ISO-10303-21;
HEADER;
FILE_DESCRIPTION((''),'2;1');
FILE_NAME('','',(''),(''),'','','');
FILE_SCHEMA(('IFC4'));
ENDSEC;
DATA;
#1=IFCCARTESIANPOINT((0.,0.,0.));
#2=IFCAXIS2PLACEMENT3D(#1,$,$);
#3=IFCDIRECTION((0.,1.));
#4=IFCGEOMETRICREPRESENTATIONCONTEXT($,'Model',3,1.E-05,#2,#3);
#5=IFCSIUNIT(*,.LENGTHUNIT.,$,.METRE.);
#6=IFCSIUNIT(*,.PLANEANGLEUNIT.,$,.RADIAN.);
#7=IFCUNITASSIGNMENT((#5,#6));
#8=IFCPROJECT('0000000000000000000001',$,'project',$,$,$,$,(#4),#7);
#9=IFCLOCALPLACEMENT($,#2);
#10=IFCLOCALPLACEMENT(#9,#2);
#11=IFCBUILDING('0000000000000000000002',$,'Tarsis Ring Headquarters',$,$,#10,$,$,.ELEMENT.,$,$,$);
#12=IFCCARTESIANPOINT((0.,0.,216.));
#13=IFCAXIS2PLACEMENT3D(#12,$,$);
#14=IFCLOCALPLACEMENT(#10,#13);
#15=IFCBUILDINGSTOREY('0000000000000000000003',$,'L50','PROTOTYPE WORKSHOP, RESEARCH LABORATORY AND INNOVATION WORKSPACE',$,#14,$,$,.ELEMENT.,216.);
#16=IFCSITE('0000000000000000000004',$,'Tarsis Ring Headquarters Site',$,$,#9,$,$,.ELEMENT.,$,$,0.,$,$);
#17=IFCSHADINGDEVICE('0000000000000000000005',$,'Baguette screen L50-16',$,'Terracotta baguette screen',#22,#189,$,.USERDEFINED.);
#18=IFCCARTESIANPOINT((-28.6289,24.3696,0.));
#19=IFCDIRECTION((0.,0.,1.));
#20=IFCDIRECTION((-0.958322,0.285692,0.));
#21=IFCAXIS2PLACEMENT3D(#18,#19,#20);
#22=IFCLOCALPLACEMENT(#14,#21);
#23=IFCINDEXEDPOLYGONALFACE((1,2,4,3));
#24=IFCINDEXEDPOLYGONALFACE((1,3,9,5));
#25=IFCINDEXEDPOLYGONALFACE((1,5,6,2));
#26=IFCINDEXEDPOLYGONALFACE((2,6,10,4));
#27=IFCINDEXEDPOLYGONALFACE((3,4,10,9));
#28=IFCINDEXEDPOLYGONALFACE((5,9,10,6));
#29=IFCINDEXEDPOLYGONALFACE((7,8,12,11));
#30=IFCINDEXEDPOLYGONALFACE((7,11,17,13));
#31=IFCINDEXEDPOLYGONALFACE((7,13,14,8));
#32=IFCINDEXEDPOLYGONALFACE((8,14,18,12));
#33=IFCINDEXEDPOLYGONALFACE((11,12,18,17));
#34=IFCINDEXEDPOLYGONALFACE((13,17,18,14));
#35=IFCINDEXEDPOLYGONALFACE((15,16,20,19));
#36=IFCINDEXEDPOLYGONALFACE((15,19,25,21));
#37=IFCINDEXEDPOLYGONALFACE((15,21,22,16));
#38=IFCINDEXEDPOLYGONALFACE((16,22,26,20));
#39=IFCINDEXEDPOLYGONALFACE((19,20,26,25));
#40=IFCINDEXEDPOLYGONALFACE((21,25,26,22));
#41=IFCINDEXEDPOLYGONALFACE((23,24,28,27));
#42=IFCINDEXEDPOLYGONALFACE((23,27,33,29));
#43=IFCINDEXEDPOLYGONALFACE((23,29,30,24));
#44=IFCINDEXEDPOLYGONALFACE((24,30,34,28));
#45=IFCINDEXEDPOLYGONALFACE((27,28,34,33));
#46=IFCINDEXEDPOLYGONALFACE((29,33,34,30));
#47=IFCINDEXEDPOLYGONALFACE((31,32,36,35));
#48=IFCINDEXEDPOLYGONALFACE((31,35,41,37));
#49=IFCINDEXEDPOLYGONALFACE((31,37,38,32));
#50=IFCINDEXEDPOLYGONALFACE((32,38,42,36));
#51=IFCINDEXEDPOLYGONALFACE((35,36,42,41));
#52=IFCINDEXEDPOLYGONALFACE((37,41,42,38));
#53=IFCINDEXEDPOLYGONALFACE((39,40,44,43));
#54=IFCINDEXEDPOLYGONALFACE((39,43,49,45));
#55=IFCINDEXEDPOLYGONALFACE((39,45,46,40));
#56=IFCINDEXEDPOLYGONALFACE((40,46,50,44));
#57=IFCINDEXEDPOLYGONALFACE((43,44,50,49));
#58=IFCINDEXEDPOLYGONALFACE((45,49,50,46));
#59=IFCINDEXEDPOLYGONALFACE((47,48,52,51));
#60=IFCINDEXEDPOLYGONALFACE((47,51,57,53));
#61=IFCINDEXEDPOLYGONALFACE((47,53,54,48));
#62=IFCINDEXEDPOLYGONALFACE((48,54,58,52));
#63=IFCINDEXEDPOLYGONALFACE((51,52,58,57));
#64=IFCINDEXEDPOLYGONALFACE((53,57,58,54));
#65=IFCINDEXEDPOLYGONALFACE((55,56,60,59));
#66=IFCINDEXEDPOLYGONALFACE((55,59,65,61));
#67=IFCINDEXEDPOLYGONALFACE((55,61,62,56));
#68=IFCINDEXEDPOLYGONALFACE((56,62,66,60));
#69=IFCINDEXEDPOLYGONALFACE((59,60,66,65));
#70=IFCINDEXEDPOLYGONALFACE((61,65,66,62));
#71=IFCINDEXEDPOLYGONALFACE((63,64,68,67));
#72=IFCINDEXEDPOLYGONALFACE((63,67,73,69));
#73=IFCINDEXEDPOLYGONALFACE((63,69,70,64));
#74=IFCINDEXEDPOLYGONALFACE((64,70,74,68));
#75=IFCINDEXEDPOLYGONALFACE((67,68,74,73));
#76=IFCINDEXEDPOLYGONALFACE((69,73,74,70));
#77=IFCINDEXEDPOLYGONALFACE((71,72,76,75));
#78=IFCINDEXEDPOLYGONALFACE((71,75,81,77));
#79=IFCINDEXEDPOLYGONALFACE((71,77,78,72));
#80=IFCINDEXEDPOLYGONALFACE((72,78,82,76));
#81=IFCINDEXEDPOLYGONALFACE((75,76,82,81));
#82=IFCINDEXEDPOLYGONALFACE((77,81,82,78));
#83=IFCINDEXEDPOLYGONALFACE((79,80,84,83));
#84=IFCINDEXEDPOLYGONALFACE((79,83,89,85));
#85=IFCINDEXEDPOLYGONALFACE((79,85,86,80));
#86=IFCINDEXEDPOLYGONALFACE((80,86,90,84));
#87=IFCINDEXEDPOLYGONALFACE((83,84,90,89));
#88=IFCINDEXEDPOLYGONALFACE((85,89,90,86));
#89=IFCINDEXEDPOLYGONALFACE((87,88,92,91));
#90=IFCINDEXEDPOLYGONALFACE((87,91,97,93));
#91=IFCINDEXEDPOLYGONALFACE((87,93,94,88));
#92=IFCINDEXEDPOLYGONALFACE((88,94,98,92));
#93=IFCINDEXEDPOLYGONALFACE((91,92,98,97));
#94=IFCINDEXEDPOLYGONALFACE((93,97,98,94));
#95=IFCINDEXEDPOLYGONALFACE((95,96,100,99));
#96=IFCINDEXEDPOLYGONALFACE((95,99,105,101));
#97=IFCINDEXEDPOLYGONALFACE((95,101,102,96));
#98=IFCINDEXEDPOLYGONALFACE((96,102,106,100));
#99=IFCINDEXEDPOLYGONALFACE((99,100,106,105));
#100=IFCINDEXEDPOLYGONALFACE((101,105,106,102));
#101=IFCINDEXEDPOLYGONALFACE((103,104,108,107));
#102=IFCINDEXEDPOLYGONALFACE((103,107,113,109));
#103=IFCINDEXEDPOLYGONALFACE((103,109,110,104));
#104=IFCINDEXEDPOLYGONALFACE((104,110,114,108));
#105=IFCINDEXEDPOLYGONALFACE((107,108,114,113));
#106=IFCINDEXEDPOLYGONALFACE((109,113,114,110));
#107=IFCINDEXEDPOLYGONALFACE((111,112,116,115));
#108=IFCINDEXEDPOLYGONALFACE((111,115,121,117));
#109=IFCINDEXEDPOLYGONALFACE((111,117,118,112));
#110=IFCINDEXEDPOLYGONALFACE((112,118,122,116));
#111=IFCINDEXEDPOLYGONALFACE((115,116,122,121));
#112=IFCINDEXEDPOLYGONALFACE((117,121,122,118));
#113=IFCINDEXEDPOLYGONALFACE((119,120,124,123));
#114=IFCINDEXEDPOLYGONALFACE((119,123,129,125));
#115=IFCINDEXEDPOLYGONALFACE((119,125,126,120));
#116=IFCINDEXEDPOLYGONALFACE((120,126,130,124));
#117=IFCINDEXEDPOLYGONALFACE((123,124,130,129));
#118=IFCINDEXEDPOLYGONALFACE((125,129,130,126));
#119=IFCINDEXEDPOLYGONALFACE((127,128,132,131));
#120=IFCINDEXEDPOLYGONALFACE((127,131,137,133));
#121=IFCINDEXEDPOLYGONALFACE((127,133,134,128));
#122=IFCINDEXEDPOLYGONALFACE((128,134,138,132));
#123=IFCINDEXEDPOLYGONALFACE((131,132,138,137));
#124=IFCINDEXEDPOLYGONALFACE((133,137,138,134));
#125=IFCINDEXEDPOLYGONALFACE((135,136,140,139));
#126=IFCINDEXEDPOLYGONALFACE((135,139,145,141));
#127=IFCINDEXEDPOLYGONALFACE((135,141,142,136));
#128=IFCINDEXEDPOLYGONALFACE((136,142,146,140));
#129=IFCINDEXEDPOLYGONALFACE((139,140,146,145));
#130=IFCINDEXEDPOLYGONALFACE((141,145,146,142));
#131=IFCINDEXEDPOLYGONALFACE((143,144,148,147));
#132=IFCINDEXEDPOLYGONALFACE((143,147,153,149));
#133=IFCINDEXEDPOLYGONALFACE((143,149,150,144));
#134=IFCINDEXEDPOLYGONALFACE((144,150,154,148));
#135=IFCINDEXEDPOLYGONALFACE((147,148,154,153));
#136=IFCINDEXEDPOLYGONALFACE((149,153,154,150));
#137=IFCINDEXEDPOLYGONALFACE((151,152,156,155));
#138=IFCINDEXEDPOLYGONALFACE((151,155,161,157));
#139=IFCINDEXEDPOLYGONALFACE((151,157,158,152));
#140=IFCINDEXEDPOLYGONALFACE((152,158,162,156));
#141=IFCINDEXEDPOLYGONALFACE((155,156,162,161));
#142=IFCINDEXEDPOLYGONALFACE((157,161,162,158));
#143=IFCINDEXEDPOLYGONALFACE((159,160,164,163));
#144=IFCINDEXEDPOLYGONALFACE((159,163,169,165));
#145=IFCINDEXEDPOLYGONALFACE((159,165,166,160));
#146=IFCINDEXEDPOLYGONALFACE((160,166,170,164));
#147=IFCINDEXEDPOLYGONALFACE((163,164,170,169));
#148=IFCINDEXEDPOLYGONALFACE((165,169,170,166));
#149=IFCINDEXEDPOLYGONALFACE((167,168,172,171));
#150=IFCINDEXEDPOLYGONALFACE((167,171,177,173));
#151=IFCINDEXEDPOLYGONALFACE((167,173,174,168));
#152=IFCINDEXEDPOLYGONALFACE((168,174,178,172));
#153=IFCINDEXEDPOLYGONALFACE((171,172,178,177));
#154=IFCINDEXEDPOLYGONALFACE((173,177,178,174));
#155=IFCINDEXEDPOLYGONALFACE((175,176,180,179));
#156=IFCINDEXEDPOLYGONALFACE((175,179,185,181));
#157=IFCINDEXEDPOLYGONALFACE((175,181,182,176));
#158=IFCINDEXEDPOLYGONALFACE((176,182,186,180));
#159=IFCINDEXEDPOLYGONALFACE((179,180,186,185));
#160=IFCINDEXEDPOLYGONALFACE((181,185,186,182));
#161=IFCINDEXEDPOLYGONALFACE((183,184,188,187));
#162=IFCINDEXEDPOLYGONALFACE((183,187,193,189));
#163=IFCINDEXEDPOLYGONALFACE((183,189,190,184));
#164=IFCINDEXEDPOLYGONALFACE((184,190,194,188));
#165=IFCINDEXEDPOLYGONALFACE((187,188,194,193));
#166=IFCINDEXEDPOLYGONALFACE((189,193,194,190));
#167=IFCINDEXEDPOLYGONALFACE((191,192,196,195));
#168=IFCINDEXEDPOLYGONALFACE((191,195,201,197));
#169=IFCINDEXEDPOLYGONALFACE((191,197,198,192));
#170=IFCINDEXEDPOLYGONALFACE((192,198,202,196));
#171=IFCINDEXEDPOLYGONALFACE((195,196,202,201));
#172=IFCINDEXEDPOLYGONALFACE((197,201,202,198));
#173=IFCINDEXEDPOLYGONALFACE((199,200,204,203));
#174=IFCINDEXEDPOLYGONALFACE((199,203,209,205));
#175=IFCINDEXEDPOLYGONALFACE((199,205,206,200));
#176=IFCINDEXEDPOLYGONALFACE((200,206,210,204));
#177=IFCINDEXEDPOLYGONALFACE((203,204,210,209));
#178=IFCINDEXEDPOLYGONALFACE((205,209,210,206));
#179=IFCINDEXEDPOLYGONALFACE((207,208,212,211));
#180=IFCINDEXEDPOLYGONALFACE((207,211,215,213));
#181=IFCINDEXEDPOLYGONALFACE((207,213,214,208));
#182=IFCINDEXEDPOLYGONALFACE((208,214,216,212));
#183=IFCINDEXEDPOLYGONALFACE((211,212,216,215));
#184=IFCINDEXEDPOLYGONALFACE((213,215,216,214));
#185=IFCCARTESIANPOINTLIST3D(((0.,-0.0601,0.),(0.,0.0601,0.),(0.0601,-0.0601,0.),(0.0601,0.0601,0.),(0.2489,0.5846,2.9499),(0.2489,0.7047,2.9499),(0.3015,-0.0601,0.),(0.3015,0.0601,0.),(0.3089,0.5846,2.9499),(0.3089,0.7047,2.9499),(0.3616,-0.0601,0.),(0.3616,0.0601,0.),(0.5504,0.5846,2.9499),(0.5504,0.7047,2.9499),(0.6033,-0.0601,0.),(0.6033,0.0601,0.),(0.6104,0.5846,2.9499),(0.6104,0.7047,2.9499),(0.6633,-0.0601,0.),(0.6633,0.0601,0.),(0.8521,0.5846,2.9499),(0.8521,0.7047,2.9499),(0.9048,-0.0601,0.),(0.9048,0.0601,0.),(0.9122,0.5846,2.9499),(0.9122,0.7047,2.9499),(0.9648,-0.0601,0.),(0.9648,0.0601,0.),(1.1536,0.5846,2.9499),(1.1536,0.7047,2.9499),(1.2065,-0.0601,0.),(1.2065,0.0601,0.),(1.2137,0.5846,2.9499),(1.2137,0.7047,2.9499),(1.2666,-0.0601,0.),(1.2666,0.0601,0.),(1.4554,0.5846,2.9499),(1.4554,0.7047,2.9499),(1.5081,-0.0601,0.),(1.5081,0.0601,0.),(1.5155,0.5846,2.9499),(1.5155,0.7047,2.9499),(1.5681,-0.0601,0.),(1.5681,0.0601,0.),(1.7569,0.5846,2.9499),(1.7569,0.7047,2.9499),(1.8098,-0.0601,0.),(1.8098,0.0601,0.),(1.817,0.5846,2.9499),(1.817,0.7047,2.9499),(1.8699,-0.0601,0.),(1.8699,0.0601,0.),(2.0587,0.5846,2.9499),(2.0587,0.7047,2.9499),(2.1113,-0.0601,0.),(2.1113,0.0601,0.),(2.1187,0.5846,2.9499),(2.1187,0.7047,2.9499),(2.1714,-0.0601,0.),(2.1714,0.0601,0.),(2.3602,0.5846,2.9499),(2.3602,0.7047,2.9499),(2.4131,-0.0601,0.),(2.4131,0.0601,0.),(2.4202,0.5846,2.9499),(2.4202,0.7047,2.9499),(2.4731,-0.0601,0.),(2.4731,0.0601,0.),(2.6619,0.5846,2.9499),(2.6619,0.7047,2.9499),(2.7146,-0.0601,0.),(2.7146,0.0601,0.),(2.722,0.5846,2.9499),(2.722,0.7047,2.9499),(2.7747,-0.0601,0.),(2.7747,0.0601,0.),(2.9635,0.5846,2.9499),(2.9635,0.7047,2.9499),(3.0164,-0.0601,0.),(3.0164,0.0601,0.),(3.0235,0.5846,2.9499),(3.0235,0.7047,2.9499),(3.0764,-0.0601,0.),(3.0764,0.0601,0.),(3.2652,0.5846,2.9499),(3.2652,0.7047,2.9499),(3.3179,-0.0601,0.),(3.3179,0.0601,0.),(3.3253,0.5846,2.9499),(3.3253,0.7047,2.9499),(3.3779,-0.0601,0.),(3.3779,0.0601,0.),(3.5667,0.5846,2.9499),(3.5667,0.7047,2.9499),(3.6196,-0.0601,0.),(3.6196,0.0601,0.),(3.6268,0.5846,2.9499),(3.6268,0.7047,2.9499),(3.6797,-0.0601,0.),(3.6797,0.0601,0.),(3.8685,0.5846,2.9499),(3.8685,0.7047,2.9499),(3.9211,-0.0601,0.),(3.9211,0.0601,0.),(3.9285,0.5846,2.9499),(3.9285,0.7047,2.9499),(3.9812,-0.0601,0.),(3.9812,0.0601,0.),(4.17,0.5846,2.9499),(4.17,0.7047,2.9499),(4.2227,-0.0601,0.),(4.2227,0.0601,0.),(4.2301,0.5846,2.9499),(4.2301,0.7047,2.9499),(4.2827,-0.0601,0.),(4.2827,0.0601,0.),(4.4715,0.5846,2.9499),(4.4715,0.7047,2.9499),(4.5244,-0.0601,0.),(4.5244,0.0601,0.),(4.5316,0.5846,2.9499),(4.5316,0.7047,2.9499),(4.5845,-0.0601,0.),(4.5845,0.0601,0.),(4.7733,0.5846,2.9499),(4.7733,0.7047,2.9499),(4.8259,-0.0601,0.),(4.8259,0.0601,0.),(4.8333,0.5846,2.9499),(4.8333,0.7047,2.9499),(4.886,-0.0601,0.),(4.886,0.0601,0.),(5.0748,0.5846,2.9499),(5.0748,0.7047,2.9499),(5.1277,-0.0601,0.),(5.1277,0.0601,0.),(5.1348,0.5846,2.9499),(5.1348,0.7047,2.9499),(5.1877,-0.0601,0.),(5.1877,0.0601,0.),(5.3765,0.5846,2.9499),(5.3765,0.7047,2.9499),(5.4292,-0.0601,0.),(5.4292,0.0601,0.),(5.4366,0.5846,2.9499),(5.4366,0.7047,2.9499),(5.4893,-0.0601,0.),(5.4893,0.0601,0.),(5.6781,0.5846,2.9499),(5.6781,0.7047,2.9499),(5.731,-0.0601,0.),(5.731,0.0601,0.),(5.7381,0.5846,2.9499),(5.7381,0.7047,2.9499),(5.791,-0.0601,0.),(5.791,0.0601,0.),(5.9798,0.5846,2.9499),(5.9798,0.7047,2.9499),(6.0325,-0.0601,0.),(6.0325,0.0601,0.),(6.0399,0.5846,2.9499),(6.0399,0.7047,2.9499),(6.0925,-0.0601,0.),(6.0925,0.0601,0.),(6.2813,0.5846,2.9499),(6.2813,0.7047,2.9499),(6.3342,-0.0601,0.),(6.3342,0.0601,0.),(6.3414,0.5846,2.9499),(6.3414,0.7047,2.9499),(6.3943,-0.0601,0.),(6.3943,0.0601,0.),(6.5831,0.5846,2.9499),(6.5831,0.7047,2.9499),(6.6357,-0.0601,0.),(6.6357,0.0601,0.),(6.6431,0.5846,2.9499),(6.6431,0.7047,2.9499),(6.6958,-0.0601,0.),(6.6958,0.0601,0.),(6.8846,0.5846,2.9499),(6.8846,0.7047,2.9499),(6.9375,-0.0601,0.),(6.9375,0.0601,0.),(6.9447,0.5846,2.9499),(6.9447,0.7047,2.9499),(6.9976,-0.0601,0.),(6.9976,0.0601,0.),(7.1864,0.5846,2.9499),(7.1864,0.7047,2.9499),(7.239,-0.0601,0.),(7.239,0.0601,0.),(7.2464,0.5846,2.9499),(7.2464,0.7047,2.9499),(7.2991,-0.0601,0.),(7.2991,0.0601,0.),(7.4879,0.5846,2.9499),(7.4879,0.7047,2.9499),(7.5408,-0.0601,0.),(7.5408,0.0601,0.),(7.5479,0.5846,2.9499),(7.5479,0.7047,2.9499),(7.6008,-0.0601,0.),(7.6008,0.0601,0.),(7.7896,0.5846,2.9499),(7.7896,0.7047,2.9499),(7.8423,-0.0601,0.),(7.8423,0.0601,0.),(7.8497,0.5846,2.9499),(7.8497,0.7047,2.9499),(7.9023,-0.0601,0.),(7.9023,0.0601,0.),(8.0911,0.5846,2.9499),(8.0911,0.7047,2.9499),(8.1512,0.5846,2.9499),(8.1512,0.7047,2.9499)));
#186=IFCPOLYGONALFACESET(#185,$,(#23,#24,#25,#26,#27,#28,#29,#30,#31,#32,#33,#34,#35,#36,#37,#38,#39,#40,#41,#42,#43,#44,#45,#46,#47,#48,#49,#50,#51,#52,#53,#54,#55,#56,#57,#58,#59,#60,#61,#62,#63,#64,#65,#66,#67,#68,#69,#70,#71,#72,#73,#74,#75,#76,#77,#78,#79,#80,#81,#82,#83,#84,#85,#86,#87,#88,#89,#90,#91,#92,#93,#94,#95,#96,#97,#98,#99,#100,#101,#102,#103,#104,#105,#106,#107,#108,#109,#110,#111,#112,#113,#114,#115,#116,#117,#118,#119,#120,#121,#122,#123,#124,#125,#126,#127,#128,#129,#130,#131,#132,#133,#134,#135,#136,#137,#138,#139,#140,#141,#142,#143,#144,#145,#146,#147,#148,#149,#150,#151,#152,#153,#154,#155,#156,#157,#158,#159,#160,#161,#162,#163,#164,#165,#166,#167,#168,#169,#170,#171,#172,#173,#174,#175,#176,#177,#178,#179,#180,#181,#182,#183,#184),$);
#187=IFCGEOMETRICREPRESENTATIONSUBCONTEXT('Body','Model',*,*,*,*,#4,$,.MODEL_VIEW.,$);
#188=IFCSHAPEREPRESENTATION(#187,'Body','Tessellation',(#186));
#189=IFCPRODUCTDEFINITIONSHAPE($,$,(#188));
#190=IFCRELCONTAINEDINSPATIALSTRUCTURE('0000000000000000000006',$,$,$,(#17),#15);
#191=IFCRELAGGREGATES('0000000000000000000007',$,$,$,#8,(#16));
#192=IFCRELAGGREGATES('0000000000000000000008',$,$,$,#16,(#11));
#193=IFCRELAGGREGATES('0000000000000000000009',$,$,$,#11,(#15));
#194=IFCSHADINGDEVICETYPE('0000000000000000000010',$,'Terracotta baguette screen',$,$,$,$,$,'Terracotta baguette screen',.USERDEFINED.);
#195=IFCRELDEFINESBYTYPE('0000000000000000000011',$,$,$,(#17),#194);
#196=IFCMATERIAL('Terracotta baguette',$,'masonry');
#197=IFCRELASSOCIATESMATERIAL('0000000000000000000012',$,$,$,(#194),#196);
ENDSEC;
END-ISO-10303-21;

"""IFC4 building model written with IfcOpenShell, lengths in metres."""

from ifc_helpers import new_model, si_unit, direction, frame, frame_2d, origin, place, context, subcontext, project, spatial, rectangle, composite_profile, extrude, material, type_object, element, save


model = new_model("IFC4")

# Units and contexts
model_context = context("Model", 3, precision=1e-05, world=origin(), true_north=direction((0.0, 1.0)))
body_context = subcontext(model_context, "Body", "Model", "MODEL_VIEW")
ifc_project = project(units=[si_unit("LENGTHUNIT", "METRE"), si_unit("PLANEANGLEUNIT", "RADIAN")], contexts=[model_context])

# Site, building, storey
site_placement = place(None, origin())
site = spatial("IfcSite", under=ifc_project, at=site_placement, Name="Tarsis Ring Headquarters Site", CompositionType="ELEMENT", RefElevation=0.0)
building_placement = place(site_placement, origin())
building = spatial("IfcBuilding", under=site, at=building_placement, Name="Tarsis Ring Headquarters", CompositionType="ELEMENT")
storey_placement = place(building_placement, frame((0.0, 0.0, 216.0)))
storey = spatial("IfcBuildingStorey", under=building, at=storey_placement, Name="L50", Description="PROTOTYPE WORKSHOP, RESEARCH LABORATORY AND INNOVATION WORKSPACE", CompositionType="ELEMENT", Elevation=216.0)

# Shading device
ifc_material_1 = material(Name="Terracotta baguette", Category="masonry")
shading_device_type_1 = type_object("IfcShadingDeviceType", Name="Terracotta baguette screen", ElementType="Terracotta baguette screen", PredefinedType="USERDEFINED", material=ifc_material_1)
shading_device_1_placement = place(storey_placement, frame((-28.6289, 24.3696, 0.0), z_axis=(0.0, 0.0, 1.0), x_axis=(-0.958322, 0.285692, 0.0)))
element("IfcShadingDevice", 1, at=shading_device_1_placement, inside=storey, type_object=shading_device_type_1, Name="Baguette screen L50-16", ObjectType="Terracotta baguette screen", PredefinedType="USERDEFINED", context=body_context, shape_type="SweptSolid", body=[
    extrude(composite_profile([rectangle(XDim=0.0601, YDim=0.1201, at=frame_2d((0.03, 0.0))), rectangle(XDim=0.0601, YDim=0.1201, at=frame_2d((0.3315, 0.0))), rectangle(XDim=0.0601, YDim=0.1201, at=frame_2d((0.6333, 0.0))), rectangle(XDim=0.0601, YDim=0.1201, at=frame_2d((0.9348, 0.0))), rectangle(XDim=0.0601, YDim=0.1201, at=frame_2d((1.2366, 0.0))), rectangle(XDim=0.0601, YDim=0.1201, at=frame_2d((1.5381, 0.0))), rectangle(XDim=0.0601, YDim=0.1201, at=frame_2d((1.8398, 0.0))), rectangle(XDim=0.0601, YDim=0.1201, at=frame_2d((2.1414, 0.0))), rectangle(XDim=0.0601, YDim=0.1201, at=frame_2d((2.4431, 0.0))), rectangle(XDim=0.0601, YDim=0.1201, at=frame_2d((2.7446, 0.0))), rectangle(XDim=0.0601, YDim=0.1201, at=frame_2d((3.0464, 0.0))), rectangle(XDim=0.0601, YDim=0.1201, at=frame_2d((3.3479, 0.0))), rectangle(XDim=0.0601, YDim=0.1201, at=frame_2d((3.6497, 0.0))), rectangle(XDim=0.0601, YDim=0.1201, at=frame_2d((3.9512, 0.0))), rectangle(XDim=0.0601, YDim=0.1201, at=frame_2d((4.2527, 0.0))), rectangle(XDim=0.0601, YDim=0.1201, at=frame_2d((4.5544, 0.0))), rectangle(XDim=0.0601, YDim=0.1201, at=frame_2d((4.856, 0.0))), rectangle(XDim=0.0601, YDim=0.1201, at=frame_2d((5.1577, 0.0))), rectangle(XDim=0.0601, YDim=0.1201, at=frame_2d((5.4592, 0.0))), rectangle(XDim=0.0601, YDim=0.1201, at=frame_2d((5.761, 0.0))), rectangle(XDim=0.0601, YDim=0.1201, at=frame_2d((6.0625, 0.0))), rectangle(XDim=0.0601, YDim=0.1201, at=frame_2d((6.3643, 0.0))), rectangle(XDim=0.0601, YDim=0.1201, at=frame_2d((6.6658, 0.0))), rectangle(XDim=0.0601, YDim=0.1201, at=frame_2d((6.9675, 0.0))), rectangle(XDim=0.0601, YDim=0.1201, at=frame_2d((7.269, 0.0))), rectangle(XDim=0.0601, YDim=0.1201, at=frame_2d((7.5708, 0.0))), rectangle(XDim=0.0601, YDim=0.1201, at=frame_2d((7.8723, 0.0)))]), origin(), (0.082138, 0.212767, 0.973644), 3.0298),
])

save(model, "model.ifc")
